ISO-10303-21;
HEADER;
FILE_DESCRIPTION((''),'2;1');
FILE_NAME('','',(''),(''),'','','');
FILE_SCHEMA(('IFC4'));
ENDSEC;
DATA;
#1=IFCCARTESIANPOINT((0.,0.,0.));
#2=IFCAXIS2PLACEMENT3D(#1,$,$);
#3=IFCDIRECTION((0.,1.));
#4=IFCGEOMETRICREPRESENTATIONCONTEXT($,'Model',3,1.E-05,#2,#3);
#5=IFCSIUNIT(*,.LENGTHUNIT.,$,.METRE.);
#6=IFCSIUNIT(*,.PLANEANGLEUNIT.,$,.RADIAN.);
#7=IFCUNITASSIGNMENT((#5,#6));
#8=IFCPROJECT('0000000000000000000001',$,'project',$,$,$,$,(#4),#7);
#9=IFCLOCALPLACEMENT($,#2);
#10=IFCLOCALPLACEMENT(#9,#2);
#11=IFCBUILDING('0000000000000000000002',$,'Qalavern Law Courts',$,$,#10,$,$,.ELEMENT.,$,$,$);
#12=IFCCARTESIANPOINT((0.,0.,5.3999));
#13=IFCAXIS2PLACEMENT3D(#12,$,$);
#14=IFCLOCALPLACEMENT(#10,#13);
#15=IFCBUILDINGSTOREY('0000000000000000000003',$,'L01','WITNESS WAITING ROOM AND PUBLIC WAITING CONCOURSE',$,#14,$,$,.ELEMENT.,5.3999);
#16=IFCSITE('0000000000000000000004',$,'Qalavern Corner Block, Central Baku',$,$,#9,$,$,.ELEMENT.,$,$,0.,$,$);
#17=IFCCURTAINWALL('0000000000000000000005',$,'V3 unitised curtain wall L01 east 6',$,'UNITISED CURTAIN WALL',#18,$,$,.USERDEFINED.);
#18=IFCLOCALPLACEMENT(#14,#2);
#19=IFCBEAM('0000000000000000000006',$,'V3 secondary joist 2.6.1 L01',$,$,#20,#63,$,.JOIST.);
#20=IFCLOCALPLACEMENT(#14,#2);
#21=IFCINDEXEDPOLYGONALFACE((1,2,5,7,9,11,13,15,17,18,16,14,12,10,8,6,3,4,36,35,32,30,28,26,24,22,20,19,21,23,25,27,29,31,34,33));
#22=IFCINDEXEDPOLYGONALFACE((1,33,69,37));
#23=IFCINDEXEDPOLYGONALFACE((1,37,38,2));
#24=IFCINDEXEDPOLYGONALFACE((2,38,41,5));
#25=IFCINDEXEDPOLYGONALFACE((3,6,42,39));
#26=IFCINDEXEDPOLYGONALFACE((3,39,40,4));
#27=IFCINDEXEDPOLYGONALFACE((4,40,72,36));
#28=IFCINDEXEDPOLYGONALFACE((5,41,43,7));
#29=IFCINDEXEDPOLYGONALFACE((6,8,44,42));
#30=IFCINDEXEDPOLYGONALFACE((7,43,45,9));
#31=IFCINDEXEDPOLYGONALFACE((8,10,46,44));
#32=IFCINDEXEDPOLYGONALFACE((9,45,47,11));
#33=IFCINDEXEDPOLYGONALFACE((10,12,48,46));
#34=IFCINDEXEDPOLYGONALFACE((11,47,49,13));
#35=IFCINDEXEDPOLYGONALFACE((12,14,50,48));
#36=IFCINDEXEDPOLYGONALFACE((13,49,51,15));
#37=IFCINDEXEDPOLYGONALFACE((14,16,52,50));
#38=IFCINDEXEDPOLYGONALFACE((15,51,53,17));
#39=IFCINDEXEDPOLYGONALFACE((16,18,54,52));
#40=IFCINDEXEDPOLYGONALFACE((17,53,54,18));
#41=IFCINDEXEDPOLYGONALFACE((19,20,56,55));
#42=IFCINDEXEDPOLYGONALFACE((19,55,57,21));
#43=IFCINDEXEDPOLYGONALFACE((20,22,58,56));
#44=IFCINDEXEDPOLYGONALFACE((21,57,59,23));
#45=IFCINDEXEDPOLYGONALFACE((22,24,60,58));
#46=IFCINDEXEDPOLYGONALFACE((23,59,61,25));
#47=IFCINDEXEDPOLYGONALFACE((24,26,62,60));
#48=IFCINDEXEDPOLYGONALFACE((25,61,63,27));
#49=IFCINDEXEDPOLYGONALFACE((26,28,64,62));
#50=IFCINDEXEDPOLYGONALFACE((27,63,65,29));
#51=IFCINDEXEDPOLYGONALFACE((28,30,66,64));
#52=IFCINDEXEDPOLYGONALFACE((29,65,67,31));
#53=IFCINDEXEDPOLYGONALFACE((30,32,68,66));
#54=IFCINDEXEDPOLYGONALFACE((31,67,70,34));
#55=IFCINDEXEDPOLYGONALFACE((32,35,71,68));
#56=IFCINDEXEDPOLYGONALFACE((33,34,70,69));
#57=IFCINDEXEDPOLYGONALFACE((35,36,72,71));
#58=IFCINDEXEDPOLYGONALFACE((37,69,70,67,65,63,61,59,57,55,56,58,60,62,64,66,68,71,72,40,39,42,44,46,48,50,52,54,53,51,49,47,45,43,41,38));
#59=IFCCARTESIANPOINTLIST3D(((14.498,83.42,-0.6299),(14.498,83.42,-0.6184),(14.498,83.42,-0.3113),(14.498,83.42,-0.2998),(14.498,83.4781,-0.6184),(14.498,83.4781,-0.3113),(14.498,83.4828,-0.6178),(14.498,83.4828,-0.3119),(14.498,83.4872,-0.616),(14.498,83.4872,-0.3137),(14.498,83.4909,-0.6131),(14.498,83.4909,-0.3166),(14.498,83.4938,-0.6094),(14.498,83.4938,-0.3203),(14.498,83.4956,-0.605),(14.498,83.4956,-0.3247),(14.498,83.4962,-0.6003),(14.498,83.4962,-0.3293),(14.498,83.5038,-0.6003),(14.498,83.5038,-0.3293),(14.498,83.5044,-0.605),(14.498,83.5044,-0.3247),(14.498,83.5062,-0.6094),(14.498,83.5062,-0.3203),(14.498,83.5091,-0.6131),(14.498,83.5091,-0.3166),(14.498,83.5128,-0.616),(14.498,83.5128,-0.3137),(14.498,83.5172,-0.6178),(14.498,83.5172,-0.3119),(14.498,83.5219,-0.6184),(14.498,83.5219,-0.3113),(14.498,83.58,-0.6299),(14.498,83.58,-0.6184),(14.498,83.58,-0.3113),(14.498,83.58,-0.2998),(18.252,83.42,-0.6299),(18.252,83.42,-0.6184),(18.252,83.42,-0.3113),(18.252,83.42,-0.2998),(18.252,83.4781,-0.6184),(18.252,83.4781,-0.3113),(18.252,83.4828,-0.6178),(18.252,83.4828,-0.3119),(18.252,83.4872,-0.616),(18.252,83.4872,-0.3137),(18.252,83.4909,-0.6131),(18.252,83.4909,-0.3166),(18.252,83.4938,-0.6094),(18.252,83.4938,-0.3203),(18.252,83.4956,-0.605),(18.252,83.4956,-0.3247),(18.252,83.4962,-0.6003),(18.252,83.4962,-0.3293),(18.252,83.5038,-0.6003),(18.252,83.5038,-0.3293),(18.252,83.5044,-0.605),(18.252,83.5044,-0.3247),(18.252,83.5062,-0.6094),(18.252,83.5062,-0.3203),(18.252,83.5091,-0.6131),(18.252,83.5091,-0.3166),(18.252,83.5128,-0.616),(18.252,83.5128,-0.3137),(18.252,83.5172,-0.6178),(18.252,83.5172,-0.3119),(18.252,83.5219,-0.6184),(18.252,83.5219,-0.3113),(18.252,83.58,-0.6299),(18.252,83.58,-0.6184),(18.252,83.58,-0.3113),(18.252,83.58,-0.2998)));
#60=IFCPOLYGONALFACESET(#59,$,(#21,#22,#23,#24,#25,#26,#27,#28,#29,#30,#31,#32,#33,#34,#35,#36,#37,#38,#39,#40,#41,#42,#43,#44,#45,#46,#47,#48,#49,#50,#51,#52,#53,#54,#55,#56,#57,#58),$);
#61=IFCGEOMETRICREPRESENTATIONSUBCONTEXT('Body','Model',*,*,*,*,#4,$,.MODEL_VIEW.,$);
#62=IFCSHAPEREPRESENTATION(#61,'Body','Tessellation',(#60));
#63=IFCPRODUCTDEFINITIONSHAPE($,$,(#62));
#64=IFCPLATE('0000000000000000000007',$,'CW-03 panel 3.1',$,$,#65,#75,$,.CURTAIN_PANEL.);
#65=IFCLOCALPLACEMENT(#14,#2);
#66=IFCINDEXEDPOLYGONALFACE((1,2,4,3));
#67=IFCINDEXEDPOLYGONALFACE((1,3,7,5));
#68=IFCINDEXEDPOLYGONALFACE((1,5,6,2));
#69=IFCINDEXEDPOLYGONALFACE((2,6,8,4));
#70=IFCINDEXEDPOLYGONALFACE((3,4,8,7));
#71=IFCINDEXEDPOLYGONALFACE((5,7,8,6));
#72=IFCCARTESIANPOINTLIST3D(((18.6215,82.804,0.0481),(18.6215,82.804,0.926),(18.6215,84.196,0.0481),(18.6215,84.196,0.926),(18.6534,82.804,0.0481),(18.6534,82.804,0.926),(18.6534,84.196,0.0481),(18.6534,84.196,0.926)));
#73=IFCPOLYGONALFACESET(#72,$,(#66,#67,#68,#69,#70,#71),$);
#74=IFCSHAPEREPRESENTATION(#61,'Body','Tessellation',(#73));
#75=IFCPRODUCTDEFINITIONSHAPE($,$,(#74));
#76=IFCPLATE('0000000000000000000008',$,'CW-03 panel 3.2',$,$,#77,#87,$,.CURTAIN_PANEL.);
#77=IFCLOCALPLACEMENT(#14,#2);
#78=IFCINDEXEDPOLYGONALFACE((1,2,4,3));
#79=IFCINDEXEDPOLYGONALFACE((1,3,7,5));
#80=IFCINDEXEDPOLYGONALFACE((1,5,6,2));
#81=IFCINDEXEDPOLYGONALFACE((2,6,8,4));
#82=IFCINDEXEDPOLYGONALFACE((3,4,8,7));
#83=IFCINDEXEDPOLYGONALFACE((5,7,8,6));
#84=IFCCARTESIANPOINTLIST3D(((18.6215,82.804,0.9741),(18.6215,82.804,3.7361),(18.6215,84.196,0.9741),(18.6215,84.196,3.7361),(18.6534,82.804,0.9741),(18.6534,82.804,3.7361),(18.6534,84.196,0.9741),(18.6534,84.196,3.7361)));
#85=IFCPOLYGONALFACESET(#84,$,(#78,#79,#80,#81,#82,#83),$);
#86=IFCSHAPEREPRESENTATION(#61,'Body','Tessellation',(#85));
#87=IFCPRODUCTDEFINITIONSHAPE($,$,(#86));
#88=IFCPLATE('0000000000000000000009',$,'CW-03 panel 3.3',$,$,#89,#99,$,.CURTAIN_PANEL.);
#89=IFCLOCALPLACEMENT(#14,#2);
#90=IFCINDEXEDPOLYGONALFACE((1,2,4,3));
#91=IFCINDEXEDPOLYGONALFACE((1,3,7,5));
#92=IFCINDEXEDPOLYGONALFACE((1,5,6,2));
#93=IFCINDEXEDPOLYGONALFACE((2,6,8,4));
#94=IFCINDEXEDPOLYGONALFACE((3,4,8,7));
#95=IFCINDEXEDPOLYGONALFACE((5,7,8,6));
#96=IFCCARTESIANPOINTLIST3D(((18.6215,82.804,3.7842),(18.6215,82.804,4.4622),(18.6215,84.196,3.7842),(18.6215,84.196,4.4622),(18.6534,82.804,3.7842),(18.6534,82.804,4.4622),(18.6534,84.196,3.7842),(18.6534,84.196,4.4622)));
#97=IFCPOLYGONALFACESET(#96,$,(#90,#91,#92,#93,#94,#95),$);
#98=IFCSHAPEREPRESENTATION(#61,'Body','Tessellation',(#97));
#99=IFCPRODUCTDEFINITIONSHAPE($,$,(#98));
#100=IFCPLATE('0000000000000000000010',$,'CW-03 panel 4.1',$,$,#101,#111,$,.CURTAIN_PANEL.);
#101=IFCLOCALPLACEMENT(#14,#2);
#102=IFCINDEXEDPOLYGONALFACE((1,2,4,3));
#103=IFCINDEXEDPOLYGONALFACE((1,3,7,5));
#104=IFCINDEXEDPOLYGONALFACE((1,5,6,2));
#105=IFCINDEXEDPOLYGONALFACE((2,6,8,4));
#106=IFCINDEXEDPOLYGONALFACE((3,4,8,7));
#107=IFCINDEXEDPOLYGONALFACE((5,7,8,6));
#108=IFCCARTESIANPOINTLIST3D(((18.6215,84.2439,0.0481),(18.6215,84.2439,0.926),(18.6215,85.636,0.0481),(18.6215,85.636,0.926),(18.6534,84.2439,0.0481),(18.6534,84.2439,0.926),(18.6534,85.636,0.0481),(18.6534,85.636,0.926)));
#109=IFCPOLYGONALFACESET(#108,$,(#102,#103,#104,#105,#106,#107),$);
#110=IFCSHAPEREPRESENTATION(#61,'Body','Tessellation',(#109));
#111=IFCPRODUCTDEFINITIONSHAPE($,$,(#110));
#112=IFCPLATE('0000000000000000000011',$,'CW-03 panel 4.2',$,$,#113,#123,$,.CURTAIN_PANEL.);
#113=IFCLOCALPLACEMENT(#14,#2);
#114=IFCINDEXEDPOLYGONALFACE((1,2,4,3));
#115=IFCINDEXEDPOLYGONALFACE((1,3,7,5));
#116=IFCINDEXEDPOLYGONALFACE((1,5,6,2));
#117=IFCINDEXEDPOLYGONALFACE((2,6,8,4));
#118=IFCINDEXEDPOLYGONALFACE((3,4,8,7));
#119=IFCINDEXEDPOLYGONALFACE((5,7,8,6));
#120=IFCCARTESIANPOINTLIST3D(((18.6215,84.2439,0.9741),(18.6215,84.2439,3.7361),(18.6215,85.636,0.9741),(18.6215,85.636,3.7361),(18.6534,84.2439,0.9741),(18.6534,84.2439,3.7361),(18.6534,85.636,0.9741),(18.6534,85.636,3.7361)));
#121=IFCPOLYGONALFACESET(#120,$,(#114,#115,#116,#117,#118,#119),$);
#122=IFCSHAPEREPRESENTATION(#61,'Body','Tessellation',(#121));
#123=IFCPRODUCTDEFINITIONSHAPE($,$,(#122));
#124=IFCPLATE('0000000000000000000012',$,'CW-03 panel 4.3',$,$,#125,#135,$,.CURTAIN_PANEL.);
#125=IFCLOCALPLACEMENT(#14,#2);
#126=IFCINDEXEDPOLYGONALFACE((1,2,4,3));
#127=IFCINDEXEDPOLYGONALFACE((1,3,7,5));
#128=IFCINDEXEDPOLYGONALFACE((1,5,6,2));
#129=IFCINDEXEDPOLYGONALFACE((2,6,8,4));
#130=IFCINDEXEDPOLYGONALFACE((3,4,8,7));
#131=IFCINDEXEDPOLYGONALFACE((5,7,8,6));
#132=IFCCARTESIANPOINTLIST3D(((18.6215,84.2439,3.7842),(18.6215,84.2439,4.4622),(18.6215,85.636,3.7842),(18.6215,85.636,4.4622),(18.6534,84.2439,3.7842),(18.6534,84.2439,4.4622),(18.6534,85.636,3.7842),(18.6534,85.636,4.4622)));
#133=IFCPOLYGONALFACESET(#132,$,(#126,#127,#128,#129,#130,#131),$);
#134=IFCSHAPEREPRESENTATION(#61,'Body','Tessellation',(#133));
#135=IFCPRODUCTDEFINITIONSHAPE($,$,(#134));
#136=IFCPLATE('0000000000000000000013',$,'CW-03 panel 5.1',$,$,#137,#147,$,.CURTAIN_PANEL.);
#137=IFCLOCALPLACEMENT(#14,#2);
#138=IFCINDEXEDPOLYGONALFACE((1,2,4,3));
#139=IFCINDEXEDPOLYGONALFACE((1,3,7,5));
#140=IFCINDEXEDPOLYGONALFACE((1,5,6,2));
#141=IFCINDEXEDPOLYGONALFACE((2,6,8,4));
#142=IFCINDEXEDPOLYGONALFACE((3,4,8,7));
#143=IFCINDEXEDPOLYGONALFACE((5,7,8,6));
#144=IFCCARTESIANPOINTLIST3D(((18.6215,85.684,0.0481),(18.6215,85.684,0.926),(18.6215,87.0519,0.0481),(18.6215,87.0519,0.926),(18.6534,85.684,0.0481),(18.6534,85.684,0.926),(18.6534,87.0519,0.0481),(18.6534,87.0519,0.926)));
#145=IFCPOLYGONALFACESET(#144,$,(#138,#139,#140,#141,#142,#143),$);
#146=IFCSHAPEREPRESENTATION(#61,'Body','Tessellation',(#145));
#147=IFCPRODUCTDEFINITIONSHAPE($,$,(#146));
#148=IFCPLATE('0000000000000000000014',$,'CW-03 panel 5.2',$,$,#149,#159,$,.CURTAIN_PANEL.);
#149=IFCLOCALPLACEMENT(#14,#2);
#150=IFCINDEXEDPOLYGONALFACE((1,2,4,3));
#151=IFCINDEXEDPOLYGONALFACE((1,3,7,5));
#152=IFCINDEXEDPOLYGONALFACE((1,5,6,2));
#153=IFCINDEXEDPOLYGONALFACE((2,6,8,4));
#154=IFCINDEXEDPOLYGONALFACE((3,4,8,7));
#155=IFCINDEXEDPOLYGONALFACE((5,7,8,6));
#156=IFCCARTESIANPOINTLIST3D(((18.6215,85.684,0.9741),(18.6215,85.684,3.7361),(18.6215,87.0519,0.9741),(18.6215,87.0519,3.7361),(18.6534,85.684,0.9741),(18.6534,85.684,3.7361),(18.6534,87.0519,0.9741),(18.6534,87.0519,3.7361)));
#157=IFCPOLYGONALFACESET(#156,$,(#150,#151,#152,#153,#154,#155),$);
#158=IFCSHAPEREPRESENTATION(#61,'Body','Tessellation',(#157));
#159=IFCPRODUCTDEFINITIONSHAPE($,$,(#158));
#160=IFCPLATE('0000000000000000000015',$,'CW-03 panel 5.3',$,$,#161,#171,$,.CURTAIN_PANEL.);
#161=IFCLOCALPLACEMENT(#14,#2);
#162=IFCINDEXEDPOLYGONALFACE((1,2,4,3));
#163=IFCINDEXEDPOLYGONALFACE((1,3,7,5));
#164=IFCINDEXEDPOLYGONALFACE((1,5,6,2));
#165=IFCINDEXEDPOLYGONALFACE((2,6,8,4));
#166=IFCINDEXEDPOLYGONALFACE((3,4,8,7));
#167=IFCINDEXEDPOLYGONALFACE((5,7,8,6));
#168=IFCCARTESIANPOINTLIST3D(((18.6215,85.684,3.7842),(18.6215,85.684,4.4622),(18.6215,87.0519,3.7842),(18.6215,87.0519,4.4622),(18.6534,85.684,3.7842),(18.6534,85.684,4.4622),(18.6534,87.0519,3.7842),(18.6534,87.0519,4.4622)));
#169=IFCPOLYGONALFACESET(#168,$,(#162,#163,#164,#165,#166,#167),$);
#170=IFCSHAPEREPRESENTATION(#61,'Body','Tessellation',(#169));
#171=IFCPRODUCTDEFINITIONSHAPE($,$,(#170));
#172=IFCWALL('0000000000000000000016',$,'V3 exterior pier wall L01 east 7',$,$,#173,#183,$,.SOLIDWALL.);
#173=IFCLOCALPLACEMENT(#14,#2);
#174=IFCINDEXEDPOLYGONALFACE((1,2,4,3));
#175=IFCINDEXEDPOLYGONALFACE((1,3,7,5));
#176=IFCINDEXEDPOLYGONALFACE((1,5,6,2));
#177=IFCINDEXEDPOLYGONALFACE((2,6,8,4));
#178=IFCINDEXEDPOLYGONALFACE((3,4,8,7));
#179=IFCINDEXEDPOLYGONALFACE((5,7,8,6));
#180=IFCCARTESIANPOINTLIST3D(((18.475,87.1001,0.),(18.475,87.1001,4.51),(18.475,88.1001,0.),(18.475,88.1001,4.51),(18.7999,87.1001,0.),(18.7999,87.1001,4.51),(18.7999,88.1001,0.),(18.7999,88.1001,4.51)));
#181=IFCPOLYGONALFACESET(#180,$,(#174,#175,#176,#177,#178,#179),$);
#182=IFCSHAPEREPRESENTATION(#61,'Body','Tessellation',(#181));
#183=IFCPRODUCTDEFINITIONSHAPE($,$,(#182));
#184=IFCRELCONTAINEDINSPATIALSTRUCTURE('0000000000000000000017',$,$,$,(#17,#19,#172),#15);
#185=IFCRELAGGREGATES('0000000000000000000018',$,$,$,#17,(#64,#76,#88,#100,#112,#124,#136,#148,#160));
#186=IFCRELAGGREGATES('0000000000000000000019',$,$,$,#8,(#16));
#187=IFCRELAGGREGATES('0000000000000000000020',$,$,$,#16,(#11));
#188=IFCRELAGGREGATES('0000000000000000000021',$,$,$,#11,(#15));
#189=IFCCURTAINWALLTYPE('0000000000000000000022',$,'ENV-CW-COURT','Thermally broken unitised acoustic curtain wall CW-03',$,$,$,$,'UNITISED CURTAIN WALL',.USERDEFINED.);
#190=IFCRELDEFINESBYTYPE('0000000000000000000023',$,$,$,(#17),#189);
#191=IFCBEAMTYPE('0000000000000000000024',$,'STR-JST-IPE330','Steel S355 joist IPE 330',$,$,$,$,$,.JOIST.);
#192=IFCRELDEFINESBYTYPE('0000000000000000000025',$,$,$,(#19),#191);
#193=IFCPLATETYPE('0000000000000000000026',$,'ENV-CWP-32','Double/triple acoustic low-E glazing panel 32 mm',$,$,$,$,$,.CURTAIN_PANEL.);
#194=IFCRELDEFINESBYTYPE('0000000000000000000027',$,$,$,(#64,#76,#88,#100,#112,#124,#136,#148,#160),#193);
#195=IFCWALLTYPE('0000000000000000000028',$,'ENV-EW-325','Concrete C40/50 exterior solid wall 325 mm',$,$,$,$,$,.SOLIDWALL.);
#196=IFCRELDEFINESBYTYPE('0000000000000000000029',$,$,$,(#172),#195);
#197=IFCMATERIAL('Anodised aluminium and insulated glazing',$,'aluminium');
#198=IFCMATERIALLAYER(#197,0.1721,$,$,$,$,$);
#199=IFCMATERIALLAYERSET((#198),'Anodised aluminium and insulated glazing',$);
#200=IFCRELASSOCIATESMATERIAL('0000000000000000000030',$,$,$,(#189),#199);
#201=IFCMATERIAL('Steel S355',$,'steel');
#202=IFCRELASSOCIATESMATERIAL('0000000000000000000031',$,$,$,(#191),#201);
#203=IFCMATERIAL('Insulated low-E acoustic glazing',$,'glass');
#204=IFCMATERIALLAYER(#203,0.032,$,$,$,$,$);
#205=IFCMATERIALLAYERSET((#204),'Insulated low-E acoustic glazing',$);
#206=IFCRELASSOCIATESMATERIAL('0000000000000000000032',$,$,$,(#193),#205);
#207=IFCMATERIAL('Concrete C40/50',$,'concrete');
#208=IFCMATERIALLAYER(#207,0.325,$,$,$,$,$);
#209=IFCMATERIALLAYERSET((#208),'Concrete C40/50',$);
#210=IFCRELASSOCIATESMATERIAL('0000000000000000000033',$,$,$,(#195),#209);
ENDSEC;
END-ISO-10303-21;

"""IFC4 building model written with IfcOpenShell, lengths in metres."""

from ifc_helpers import new_model, si_unit, direction, frame, frame_2d, origin, origin_2d, place, context, subcontext, project, spatial, rectangle, i_section, extrude, material, layer, layer_set, material_profile, profile_set, type_object, element, aggregate, save


model = new_model("IFC4")

# Units and contexts
model_context = context("Model", 3, precision=1e-05, world=origin(), true_north=direction((0.0, 1.0)))
body_context = subcontext(model_context, "Body", "Model", "MODEL_VIEW")
ifc_project = project(units=[si_unit("LENGTHUNIT", "METRE"), si_unit("PLANEANGLEUNIT", "RADIAN")], contexts=[model_context])

# Site, building, storey
site_placement = place(None, origin())
site = spatial("IfcSite", under=ifc_project, at=site_placement, Name="Qalavern Corner Block, Central Baku", CompositionType="ELEMENT", RefElevation=0.0)
building_placement = place(site_placement, origin())
building = spatial("IfcBuilding", under=site, at=building_placement, Name="Qalavern Law Courts", CompositionType="ELEMENT")
storey_placement = place(building_placement, frame((0.0, 0.0, 5.3999)))
storey = spatial("IfcBuildingStorey", under=building, at=storey_placement, Name="L01", Description="WITNESS WAITING ROOM AND PUBLIC WAITING CONCOURSE", CompositionType="ELEMENT", Elevation=5.3999)

# Curtain wall
ifc_material_1 = material(Name="Anodised aluminium and insulated glazing", Category="aluminium")
ifc_layer_1 = layer(ifc_material_1, 0.1721)
ifc_layer_set_1 = layer_set([ifc_layer_1], Name="Anodised aluminium and insulated glazing")
curtain_wall_type = type_object("IfcCurtainWallType", Name="ENV-CW-COURT", Description="Thermally broken unitised acoustic curtain wall CW-03", ElementType="UNITISED CURTAIN WALL", PredefinedType="USERDEFINED", material=ifc_layer_set_1)
curtain_wall_placement = place(storey_placement, origin())
curtain_wall = element("IfcCurtainWall", 1, at=curtain_wall_placement, inside=storey, type_object=curtain_wall_type, Name="V3 unitised curtain wall L01 east 6", ObjectType="UNITISED CURTAIN WALL", PredefinedType="USERDEFINED")

# Beam
ifc_material_2 = material(Name="Steel S355", Category="steel")
ifc_material_profile_1 = material_profile(ifc_material_2, i_section(OverallWidth=0.1599, OverallDepth=0.3301, WebThickness=0.0076, FlangeThickness=0.0115, FilletRadius=0.0181, at=origin_2d()), Name="IPE 330")
ifc_profile_set_1 = profile_set([ifc_material_profile_1], Name="Steel S355")
beam_type = type_object("IfcBeamType", Name="STR-JST-IPE330", Description="Steel S355 joist IPE 330", PredefinedType="JOIST", material=ifc_profile_set_1)
beam_placement = place(storey_placement, frame((14.498, 83.5, -0.4648), z_axis=(1.0, 0.0, 0.0), x_axis=(0.0, 1.0, 0.0)))
element("IfcBeam", 2, at=beam_placement, inside=storey, type_object=beam_type, Name="V3 secondary joist 2.6.1 L01", PredefinedType="JOIST", context=body_context, shape_type="SweptSolid", body=[
    extrude(i_section(OverallWidth=0.1599, OverallDepth=0.3301, WebThickness=0.0076, FlangeThickness=0.0115, FilletRadius=0.0181, at=origin_2d()), origin(), (0.0, 0.0, 1.0), 3.7539),
])

# Plates
ifc_material_3 = material(Name="Insulated low-E acoustic glazing", Category="glass")
ifc_layer_2 = layer(ifc_material_3, 0.032)
ifc_layer_set_2 = layer_set([ifc_layer_2], Name="Insulated low-E acoustic glazing")
plate_type = type_object("IfcPlateType", Name="ENV-CWP-32", Description="Double/triple acoustic low-E glazing panel 32 mm", PredefinedType="CURTAIN_PANEL", material=ifc_layer_set_2)
plate_1_placement = place(storey_placement, frame((18.6375, 83.5, 0.0481), z_axis=(0.0, 0.0, 1.0), x_axis=(0.0, 1.0, 0.0)))
plate_1 = element("IfcPlate", 3, at=plate_1_placement, type_object=plate_type, Name="CW-03 panel 3.1", PredefinedType="CURTAIN_PANEL", context=body_context, shape_type="SweptSolid", body=[
    extrude(rectangle(XDim=1.3921, YDim=0.032, at=origin_2d()), origin(), (0.0, 0.0, 1.0), 0.8779),
])
plate_2_placement = place(storey_placement, frame((18.6375, 83.5, 0.9741), z_axis=(0.0, 0.0, 1.0), x_axis=(0.0, 1.0, 0.0)))
plate_2 = element("IfcPlate", 4, at=plate_2_placement, type_object=plate_type, Name="CW-03 panel 3.2", PredefinedType="CURTAIN_PANEL", context=body_context, shape_type="SweptSolid", body=[
    extrude(rectangle(XDim=1.3921, YDim=0.032, at=origin_2d()), origin(), (0.0, 0.0, 1.0), 2.762),
])
plate_3_placement = place(storey_placement, frame((18.6375, 83.5, 3.7842), z_axis=(0.0, 0.0, 1.0), x_axis=(0.0, 1.0, 0.0)))
plate_3 = element("IfcPlate", 5, at=plate_3_placement, type_object=plate_type, Name="CW-03 panel 3.3", PredefinedType="CURTAIN_PANEL", context=body_context, shape_type="SweptSolid", body=[
    extrude(rectangle(XDim=1.3921, YDim=0.032, at=origin_2d()), origin(), (0.0, 0.0, 1.0), 0.678),
])
plate_4_placement = place(storey_placement, frame((18.6375, 84.9399, 0.0481), z_axis=(0.0, 0.0, 1.0), x_axis=(0.0, 1.0, 0.0)))
plate_4 = element("IfcPlate", 6, at=plate_4_placement, type_object=plate_type, Name="CW-03 panel 4.1", PredefinedType="CURTAIN_PANEL", context=body_context, shape_type="SweptSolid", body=[
    extrude(rectangle(XDim=1.3921, YDim=0.032, at=origin_2d()), origin(), (0.0, 0.0, 1.0), 0.8779),
])
plate_5_placement = place(storey_placement, frame((18.6375, 84.9399, 0.9741), z_axis=(0.0, 0.0, 1.0), x_axis=(0.0, 1.0, 0.0)))
plate_5 = element("IfcPlate", 7, at=plate_5_placement, type_object=plate_type, Name="CW-03 panel 4.2", PredefinedType="CURTAIN_PANEL", context=body_context, shape_type="SweptSolid", body=[
    extrude(rectangle(XDim=1.3921, YDim=0.032, at=origin_2d()), origin(), (0.0, 0.0, 1.0), 2.762),
])
plate_6_placement = place(storey_placement, frame((18.6375, 84.9399, 3.7842), z_axis=(0.0, 0.0, 1.0), x_axis=(0.0, 1.0, 0.0)))
plate_6 = element("IfcPlate", 8, at=plate_6_placement, type_object=plate_type, Name="CW-03 panel 4.3", PredefinedType="CURTAIN_PANEL", context=body_context, shape_type="SweptSolid", body=[
    extrude(rectangle(XDim=1.3921, YDim=0.032, at=origin_2d()), origin(), (0.0, 0.0, 1.0), 0.678),
])
plate_7_placement = place(storey_placement, frame((18.6375, 86.3679, 0.0481), z_axis=(0.0, 0.0, 1.0), x_axis=(0.0, 1.0, 0.0)))
plate_7 = element("IfcPlate", 9, at=plate_7_placement, type_object=plate_type, Name="CW-03 panel 5.1", PredefinedType="CURTAIN_PANEL", context=body_context, shape_type="SweptSolid", body=[
    extrude(rectangle(XDim=1.3679, YDim=0.032, at=origin_2d()), origin(), (0.0, 0.0, 1.0), 0.8779),
])
plate_8_placement = place(storey_placement, frame((18.6375, 86.3679, 0.9741), z_axis=(0.0, 0.0, 1.0), x_axis=(0.0, 1.0, 0.0)))
plate_8 = element("IfcPlate", 10, at=plate_8_placement, type_object=plate_type, Name="CW-03 panel 5.2", PredefinedType="CURTAIN_PANEL", context=body_context, shape_type="SweptSolid", body=[
    extrude(rectangle(XDim=1.3679, YDim=0.032, at=origin_2d()), origin(), (0.0, 0.0, 1.0), 2.762),
])
plate_9_placement = place(storey_placement, frame((18.6375, 86.3679, 3.7842), z_axis=(0.0, 0.0, 1.0), x_axis=(0.0, 1.0, 0.0)))
plate_9 = element("IfcPlate", 11, at=plate_9_placement, type_object=plate_type, Name="CW-03 panel 5.3", PredefinedType="CURTAIN_PANEL", context=body_context, shape_type="SweptSolid", body=[
    extrude(rectangle(XDim=1.3679, YDim=0.032, at=origin_2d()), origin(), (0.0, 0.0, 1.0), 0.678),
])
aggregate(curtain_wall, [plate_1, plate_2, plate_3, plate_4, plate_5, plate_6, plate_7, plate_8, plate_9])

# Wall
ifc_material_4 = material(Name="Concrete C40/50", Category="concrete")
ifc_layer_3 = layer(ifc_material_4, 0.325)
ifc_layer_set_3 = layer_set([ifc_layer_3], Name="Concrete C40/50")
wall_type = type_object("IfcWallType", Name="ENV-EW-325", Description="Concrete C40/50 exterior solid wall 325 mm", PredefinedType="SOLIDWALL", material=ifc_layer_set_3)
wall_placement = place(storey_placement, frame((18.6375, 87.1001, 0.0), z_axis=(0.0, 0.0, 1.0), x_axis=(0.0, 1.0, 0.0)))
element("IfcWall", 12, at=wall_placement, inside=storey, type_object=wall_type, Name="V3 exterior pier wall L01 east 7", PredefinedType="SOLIDWALL", context=body_context, shape_type="SweptSolid", body=[
    extrude(rectangle(XDim=1.0, YDim=0.325, at=frame_2d((0.5, 0.0))), origin(), (0.0, 0.0, 1.0), 4.51),
])

save(model, "model.ifc")
